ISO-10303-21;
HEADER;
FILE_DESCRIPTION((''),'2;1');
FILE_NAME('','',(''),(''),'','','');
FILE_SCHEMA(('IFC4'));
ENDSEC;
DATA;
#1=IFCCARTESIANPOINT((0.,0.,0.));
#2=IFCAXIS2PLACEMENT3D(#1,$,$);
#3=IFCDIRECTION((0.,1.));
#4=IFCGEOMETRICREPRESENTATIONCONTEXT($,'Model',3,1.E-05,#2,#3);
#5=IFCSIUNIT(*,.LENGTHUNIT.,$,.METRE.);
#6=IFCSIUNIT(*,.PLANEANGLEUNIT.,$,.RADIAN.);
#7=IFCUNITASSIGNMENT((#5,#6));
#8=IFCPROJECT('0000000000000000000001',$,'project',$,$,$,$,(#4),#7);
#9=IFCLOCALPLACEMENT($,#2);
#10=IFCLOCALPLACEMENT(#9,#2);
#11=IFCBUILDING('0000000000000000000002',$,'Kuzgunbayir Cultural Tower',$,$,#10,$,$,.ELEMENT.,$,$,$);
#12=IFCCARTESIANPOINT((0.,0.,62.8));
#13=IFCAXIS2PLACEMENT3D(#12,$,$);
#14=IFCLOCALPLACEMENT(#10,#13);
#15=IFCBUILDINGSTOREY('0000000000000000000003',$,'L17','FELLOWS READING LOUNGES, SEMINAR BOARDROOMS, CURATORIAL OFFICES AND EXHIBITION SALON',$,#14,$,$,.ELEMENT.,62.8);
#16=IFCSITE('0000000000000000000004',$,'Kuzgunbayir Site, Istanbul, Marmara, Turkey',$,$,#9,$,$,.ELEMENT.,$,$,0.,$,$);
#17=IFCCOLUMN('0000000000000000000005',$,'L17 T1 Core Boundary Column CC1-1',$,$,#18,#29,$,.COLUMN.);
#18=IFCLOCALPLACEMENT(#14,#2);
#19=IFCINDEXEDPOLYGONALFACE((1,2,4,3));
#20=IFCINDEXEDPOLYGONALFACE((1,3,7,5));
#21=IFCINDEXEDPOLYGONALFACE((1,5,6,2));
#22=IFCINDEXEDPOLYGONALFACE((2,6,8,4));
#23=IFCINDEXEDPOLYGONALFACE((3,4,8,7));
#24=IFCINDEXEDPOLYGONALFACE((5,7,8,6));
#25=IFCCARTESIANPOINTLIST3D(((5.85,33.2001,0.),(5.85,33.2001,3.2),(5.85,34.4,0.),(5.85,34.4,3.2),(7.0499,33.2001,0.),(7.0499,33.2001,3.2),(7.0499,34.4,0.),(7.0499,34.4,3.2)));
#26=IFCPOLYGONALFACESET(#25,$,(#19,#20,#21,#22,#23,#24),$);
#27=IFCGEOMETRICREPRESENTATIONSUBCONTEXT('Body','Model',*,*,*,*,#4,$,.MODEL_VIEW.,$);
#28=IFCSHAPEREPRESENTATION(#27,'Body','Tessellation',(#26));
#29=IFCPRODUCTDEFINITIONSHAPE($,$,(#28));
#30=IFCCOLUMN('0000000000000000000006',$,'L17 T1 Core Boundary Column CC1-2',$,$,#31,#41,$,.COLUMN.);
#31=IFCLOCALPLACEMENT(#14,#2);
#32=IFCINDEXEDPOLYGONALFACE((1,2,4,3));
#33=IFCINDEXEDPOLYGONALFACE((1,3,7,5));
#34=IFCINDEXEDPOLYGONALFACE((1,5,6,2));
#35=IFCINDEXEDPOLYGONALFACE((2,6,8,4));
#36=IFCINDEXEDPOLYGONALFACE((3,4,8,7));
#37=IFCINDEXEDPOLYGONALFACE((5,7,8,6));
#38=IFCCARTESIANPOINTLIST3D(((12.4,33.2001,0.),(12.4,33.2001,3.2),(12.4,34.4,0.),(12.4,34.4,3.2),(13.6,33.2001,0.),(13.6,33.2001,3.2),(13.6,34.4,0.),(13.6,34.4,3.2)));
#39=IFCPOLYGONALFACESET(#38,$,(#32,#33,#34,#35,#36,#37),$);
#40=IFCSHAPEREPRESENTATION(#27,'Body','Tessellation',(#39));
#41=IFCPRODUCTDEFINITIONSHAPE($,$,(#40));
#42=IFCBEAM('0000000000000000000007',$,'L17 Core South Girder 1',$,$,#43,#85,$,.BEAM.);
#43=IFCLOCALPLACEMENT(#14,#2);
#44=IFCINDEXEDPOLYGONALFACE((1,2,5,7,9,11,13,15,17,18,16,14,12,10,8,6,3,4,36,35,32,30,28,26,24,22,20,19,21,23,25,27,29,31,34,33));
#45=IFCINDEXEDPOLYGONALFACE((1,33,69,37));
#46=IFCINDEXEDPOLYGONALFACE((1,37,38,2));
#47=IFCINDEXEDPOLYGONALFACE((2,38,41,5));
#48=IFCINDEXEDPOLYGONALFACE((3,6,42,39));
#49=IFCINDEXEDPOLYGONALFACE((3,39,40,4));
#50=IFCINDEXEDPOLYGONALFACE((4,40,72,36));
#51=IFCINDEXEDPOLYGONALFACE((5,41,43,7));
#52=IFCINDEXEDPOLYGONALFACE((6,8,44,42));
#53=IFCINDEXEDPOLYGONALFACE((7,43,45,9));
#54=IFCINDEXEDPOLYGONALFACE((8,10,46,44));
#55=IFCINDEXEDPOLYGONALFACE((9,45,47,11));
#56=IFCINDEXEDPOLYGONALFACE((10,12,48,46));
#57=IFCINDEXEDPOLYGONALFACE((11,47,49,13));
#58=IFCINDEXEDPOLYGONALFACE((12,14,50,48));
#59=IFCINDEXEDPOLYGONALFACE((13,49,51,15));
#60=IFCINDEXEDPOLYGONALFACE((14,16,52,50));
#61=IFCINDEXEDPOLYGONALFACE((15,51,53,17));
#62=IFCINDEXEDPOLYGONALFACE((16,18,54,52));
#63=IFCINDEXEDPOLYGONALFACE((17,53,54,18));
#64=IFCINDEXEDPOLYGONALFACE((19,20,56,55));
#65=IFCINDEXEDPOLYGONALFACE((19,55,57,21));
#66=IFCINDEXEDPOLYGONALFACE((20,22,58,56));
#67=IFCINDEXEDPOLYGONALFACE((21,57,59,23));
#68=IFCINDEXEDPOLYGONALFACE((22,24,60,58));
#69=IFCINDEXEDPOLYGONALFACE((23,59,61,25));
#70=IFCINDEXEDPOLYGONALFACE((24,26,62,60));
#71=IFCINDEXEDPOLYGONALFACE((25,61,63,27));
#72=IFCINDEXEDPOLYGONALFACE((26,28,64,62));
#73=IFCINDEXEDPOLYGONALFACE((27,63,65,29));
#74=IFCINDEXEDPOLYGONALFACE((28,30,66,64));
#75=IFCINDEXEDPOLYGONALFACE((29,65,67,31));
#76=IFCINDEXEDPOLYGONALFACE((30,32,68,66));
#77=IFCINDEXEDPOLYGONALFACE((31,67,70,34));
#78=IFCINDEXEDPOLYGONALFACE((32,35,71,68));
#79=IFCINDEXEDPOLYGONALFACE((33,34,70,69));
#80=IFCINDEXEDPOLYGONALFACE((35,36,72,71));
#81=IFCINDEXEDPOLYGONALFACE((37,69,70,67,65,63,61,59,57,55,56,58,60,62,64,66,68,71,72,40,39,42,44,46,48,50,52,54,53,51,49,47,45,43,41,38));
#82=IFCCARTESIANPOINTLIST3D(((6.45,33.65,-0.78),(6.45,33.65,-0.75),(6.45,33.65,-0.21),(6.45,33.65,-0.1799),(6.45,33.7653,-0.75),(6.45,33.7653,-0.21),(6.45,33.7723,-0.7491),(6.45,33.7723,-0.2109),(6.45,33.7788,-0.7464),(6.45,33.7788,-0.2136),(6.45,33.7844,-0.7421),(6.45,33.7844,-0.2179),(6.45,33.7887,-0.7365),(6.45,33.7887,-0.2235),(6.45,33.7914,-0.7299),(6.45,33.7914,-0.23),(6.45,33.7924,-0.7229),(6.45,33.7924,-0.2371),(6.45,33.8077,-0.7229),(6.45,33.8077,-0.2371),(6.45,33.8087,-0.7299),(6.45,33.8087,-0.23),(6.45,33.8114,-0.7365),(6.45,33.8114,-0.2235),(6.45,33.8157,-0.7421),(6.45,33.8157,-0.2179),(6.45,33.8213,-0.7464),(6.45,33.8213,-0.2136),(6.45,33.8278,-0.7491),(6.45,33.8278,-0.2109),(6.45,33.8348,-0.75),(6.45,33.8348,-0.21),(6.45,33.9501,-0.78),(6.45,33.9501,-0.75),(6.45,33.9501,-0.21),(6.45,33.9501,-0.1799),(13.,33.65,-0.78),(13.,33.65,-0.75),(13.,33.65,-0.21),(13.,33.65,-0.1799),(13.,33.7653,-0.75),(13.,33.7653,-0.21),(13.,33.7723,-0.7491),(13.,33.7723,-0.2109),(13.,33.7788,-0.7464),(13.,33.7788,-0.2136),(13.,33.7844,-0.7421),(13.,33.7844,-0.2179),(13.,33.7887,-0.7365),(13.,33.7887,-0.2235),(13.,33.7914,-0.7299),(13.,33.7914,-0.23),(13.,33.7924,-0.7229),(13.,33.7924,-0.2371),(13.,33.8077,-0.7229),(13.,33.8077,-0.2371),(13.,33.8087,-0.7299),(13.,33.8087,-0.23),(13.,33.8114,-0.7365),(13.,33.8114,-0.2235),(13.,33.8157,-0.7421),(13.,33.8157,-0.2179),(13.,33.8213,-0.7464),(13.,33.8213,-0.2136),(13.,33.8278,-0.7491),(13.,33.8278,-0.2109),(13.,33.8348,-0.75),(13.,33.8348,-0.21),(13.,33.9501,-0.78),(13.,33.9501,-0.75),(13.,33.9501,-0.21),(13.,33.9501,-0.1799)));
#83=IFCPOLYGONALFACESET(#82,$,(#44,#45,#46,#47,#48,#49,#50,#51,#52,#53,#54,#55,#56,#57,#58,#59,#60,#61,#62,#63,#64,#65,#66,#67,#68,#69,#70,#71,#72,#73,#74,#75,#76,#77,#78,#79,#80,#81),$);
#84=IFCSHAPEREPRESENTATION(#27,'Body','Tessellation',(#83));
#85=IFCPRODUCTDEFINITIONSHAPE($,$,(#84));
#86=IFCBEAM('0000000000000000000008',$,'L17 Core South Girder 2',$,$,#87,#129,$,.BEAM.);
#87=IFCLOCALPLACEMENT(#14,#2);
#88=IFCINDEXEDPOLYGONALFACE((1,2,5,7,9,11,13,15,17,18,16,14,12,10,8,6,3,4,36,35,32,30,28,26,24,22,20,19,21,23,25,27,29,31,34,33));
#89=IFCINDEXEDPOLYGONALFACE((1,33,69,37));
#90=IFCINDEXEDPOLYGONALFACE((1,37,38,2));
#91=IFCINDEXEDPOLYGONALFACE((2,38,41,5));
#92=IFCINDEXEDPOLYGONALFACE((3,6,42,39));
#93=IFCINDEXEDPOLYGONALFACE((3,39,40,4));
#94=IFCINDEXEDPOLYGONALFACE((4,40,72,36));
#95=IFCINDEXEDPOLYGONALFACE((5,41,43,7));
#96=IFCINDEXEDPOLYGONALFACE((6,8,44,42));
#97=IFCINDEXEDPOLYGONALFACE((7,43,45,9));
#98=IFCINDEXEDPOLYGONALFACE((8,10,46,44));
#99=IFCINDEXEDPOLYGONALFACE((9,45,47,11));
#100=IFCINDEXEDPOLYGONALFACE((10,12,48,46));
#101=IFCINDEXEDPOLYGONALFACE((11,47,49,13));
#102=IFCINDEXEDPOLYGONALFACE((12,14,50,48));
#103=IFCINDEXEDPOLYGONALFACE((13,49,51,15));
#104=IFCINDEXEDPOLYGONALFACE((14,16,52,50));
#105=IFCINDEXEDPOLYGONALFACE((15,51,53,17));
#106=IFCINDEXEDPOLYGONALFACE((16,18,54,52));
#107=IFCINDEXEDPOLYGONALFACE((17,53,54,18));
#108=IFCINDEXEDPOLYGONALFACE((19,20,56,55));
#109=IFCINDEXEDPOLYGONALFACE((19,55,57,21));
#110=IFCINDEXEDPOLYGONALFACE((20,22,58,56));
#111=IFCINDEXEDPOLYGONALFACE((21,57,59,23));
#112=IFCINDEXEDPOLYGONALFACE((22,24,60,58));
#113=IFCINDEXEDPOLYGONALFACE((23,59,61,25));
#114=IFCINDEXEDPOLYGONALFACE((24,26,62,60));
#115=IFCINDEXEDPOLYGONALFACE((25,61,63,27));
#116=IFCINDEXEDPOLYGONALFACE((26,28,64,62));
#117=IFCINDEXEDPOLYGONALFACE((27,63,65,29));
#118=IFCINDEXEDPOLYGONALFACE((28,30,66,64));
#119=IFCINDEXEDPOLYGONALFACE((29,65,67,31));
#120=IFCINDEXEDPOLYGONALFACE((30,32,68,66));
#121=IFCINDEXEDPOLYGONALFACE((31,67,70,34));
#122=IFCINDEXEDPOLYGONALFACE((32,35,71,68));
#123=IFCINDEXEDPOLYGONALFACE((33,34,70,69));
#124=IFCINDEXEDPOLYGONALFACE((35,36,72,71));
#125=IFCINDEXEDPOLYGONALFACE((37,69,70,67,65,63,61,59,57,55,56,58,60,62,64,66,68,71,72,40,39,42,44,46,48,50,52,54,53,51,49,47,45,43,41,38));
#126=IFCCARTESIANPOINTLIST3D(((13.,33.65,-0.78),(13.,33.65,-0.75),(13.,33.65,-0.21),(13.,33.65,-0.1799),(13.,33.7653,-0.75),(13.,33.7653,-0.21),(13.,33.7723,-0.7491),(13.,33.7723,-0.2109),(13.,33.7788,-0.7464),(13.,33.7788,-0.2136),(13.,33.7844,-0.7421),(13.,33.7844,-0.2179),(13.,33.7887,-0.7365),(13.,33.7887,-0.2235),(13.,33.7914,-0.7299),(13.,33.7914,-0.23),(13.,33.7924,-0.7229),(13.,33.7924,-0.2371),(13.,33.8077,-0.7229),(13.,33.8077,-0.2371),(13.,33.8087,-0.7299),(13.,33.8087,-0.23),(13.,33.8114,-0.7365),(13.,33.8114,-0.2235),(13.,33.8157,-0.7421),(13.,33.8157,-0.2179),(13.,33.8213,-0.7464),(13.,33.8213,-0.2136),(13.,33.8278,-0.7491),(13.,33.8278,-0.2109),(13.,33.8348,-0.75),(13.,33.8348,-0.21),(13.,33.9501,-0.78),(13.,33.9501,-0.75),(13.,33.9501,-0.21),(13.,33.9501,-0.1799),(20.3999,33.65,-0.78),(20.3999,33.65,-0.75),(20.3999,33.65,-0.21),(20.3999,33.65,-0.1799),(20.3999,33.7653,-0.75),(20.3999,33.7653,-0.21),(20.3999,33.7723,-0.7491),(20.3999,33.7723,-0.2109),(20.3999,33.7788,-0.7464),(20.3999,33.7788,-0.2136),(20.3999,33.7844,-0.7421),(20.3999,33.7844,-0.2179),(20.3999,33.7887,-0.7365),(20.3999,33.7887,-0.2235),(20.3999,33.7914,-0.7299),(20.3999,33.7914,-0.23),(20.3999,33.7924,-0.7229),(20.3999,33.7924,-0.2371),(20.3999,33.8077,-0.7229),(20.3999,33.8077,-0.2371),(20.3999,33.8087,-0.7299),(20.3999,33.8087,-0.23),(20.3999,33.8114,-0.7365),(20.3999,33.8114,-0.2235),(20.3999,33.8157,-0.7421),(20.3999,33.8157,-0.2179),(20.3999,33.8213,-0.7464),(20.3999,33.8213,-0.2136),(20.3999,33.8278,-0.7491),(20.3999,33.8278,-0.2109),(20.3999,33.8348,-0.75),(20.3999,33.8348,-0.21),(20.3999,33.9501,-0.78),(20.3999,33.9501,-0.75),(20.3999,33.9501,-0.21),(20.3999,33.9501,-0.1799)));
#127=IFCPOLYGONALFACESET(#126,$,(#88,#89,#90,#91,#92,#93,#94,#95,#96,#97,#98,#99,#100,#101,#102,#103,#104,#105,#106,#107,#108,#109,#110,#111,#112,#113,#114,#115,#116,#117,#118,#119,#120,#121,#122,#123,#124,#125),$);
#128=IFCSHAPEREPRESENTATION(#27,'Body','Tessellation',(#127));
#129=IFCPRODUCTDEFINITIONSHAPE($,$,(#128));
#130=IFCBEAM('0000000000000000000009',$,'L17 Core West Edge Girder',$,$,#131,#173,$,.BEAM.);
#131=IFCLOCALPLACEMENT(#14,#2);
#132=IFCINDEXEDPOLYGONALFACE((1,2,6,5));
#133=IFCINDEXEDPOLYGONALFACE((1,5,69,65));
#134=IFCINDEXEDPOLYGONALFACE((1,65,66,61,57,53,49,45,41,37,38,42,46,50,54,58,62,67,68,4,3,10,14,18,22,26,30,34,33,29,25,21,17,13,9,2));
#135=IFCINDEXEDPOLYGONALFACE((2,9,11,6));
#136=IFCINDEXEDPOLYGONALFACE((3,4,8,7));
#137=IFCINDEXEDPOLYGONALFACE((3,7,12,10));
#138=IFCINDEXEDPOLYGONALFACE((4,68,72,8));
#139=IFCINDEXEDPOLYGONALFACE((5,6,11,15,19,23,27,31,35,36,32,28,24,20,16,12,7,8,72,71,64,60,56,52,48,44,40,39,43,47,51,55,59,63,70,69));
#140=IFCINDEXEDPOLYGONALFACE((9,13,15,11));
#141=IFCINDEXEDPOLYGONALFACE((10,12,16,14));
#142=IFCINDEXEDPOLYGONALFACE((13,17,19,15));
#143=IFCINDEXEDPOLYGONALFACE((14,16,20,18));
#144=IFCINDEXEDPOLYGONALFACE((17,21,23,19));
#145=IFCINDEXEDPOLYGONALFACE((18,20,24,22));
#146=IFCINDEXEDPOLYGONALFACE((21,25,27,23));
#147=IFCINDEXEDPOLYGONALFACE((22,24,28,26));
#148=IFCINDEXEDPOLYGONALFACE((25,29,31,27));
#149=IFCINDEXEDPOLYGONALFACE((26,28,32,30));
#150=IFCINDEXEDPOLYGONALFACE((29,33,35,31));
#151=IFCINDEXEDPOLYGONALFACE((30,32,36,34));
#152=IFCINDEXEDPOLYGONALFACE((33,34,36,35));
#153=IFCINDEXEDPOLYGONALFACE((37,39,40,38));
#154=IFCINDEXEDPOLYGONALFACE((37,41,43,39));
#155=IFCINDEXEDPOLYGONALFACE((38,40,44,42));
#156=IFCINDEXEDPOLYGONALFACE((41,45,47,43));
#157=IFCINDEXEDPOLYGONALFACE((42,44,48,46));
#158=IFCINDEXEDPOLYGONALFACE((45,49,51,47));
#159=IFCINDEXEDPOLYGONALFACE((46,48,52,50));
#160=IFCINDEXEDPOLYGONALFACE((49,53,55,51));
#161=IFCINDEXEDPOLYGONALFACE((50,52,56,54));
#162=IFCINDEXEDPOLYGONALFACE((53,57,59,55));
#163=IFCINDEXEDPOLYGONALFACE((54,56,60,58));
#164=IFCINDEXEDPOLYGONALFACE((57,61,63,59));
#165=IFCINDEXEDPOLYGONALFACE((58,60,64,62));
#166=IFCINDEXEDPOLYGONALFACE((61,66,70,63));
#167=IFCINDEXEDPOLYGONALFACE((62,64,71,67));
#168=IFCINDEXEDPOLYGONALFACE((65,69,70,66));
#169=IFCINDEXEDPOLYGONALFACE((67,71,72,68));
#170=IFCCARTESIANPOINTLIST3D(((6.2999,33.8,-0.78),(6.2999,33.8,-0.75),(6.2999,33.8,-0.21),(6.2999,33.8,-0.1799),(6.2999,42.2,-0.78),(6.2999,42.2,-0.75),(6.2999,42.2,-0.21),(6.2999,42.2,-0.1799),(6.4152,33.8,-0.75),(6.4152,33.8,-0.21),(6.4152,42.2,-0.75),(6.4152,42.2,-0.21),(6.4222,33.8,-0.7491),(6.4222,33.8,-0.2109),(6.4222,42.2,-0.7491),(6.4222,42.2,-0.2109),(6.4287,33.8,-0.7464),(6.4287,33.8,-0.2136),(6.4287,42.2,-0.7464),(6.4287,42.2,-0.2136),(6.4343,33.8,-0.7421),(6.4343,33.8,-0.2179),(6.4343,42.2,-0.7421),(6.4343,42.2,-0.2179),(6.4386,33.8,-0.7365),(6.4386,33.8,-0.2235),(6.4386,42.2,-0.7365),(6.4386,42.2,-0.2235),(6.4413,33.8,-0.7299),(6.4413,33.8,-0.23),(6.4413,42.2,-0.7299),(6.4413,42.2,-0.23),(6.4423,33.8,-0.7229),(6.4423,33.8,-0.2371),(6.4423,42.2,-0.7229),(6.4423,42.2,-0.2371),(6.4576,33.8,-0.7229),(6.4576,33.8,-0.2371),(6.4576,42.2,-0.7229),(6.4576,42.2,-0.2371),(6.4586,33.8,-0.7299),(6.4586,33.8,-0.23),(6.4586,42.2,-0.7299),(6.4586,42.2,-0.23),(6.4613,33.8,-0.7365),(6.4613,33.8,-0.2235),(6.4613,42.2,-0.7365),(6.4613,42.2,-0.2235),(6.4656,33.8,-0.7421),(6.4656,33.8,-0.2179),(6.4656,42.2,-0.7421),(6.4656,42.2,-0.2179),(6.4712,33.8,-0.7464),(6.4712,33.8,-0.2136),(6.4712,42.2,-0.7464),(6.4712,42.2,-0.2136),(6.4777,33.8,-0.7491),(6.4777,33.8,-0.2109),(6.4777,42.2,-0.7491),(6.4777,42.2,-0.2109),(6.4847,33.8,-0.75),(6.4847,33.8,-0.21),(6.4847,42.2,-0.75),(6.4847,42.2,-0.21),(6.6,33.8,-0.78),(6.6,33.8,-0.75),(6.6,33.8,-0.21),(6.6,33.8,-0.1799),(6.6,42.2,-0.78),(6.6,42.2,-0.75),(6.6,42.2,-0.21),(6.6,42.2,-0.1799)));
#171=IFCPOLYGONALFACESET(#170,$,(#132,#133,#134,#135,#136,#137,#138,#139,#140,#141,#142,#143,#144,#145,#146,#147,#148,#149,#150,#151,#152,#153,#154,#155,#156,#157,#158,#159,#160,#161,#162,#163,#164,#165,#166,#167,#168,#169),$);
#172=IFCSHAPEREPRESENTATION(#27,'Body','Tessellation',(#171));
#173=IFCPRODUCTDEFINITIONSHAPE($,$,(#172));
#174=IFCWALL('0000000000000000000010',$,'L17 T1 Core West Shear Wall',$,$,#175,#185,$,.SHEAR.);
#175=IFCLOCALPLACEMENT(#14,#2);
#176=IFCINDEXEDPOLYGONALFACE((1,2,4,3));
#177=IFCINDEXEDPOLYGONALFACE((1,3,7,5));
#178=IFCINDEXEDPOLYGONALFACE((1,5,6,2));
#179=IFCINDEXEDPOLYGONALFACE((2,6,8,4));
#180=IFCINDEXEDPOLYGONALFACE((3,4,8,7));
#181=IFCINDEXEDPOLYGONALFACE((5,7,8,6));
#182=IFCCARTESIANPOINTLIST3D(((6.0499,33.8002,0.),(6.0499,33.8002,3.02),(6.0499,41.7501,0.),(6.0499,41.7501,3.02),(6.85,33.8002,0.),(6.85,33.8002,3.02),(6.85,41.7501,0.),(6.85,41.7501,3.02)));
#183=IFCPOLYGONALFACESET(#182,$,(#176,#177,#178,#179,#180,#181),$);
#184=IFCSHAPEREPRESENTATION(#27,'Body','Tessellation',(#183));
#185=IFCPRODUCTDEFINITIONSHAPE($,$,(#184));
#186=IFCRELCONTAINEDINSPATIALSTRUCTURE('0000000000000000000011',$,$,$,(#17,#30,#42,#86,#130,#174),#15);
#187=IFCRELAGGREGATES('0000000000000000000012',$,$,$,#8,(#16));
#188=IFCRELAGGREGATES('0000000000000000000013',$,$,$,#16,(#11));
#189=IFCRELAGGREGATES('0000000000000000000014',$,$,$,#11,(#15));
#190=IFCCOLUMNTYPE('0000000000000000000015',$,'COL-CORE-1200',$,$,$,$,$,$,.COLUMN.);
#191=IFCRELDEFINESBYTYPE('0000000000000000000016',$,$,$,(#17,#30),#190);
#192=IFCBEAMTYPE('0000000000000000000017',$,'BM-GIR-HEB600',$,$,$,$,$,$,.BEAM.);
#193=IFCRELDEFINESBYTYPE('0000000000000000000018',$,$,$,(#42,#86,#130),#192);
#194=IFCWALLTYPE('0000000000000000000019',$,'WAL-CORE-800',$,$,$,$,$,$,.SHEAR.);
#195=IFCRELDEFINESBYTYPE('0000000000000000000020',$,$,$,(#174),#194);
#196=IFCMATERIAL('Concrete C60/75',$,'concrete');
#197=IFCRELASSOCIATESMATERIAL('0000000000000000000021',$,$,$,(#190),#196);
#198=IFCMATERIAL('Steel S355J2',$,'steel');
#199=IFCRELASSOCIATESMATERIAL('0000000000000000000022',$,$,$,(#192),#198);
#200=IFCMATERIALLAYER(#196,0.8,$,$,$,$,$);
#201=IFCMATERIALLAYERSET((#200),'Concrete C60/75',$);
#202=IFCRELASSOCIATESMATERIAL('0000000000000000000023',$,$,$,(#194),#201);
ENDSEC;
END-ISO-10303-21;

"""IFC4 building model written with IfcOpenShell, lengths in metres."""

from ifc_helpers import new_model, si_unit, direction, frame, frame_2d, origin, origin_2d, place, context, subcontext, project, spatial, rectangle, i_section, extrude, material, layer, layer_set, material_profile, profile_set, type_object, element, save


model = new_model("IFC4")

# Units and contexts
model_context = context("Model", 3, precision=1e-05, world=origin(), true_north=direction((0.0, 1.0)))
body_context = subcontext(model_context, "Body", "Model", "MODEL_VIEW")
ifc_project = project(units=[si_unit("LENGTHUNIT", "METRE"), si_unit("PLANEANGLEUNIT", "RADIAN")], contexts=[model_context])

# Site, building, storey
site_placement = place(None, origin())
site = spatial("IfcSite", under=ifc_project, at=site_placement, Name="Kuzgunbayir Site, Istanbul, Marmara, Turkey", CompositionType="ELEMENT", RefElevation=0.0)
building_placement = place(site_placement, origin())
building = spatial("IfcBuilding", under=site, at=building_placement, Name="Kuzgunbayir Cultural Tower", CompositionType="ELEMENT")
storey_placement = place(building_placement, frame((0.0, 0.0, 62.8)))
storey = spatial("IfcBuildingStorey", under=building, at=storey_placement, Name="L17", Description="FELLOWS READING LOUNGES, SEMINAR BOARDROOMS, CURATORIAL OFFICES AND EXHIBITION SALON", CompositionType="ELEMENT", Elevation=62.8)

# Columns
ifc_material_1 = material(Name="Concrete C60/75", Category="concrete")
ifc_material_profile_1 = material_profile(ifc_material_1, rectangle(XDim=1.2, YDim=1.2, at=origin_2d()), Name="RC 1200x1200")
ifc_profile_set_1 = profile_set([ifc_material_profile_1], Name="Concrete C60/75")
column_type = type_object("IfcColumnType", Name="COL-CORE-1200", PredefinedType="COLUMN", material=ifc_profile_set_1)
for number, where, z_axis, x_axis, name in (
    (1, (6.45, 33.8, 0.0), (0.0, 0.0, 1.0), (1.0, 0.0, 0.0), "L17 T1 Core Boundary Column CC1-1"),
    (2, (13.0, 33.8, 0.0), (0.0, 0.0, 1.0), (1.0, 0.0, 0.0), "L17 T1 Core Boundary Column CC1-2"),
):
    element("IfcColumn", number, at=place(storey_placement, frame(where, z_axis=z_axis, x_axis=x_axis)), inside=storey, type_object=column_type, Name=name, PredefinedType="COLUMN", context=body_context, shape_type="SweptSolid", body=[
        extrude(rectangle(XDim=1.2, YDim=1.2, at=origin_2d()), origin(), (0.0, 0.0, 1.0), 3.2),
    ])

# Beams
ifc_material_2 = material(Name="Steel S355J2", Category="steel")
ifc_material_profile_2 = material_profile(ifc_material_2, i_section(OverallWidth=0.3, OverallDepth=0.6001, WebThickness=0.0154, FlangeThickness=0.03, FilletRadius=0.0271, at=origin_2d()), Name="HEB 600")
ifc_profile_set_2 = profile_set([ifc_material_profile_2], Name="Steel S355J2")
beam_type = type_object("IfcBeamType", Name="BM-GIR-HEB600", PredefinedType="BEAM", material=ifc_profile_set_2)
beam_1_placement = place(storey_placement, frame((6.45, 33.8, -0.48), z_axis=(1.0, 0.0, 0.0), x_axis=(0.0, 1.0, 0.0)))
element("IfcBeam", 3, at=beam_1_placement, inside=storey, type_object=beam_type, Name="L17 Core South Girder 1", PredefinedType="BEAM", context=body_context, shape_type="SweptSolid", body=[
    extrude(i_section(OverallWidth=0.3, OverallDepth=0.6001, WebThickness=0.0154, FlangeThickness=0.03, FilletRadius=0.0271, at=origin_2d()), origin(), (0.0, 0.0, 1.0), 6.55),
])
beam_2_placement = place(storey_placement, frame((13.0, 33.8, -0.48), z_axis=(1.0, 0.0, 0.0), x_axis=(0.0, 1.0, 0.0)))
element("IfcBeam", 4, at=beam_2_placement, inside=storey, type_object=beam_type, Name="L17 Core South Girder 2", PredefinedType="BEAM", context=body_context, shape_type="SweptSolid", body=[
    extrude(i_section(OverallWidth=0.3, OverallDepth=0.6001, WebThickness=0.0154, FlangeThickness=0.03, FilletRadius=0.0271, at=origin_2d()), origin(), (0.0, 0.0, 1.0), 7.3999),
])
beam_3_placement = place(storey_placement, frame((6.45, 33.8, -0.48), z_axis=(0.0, 1.0, 0.0), x_axis=(-1.0, 0.0, 0.0)))
element("IfcBeam", 5, at=beam_3_placement, inside=storey, type_object=beam_type, Name="L17 Core West Edge Girder", PredefinedType="BEAM", context=body_context, shape_type="SweptSolid", body=[
    extrude(i_section(OverallWidth=0.3, OverallDepth=0.6001, WebThickness=0.0154, FlangeThickness=0.03, FilletRadius=0.0271, at=origin_2d()), origin(), (0.0, 0.0, 1.0), 8.3999),
])

# Wall
ifc_layer_1 = layer(ifc_material_1, 0.8)
ifc_layer_set_1 = layer_set([ifc_layer_1], Name="Concrete C60/75")
wall_type_1 = type_object("IfcWallType", Name="WAL-CORE-800", PredefinedType="SHEAR", material=ifc_layer_set_1)
wall_1_placement = place(storey_placement, frame((6.45, 33.8, 0.0), z_axis=(0.0, 0.0, 1.0), x_axis=(0.0, 1.0, 0.0)))
element("IfcWall", 6, at=wall_1_placement, inside=storey, type_object=wall_type_1, Name="L17 T1 Core West Shear Wall", PredefinedType="SHEAR", context=body_context, shape_type="SweptSolid", body=[
    extrude(rectangle(XDim=7.95, YDim=0.8, at=frame_2d((3.9751, 0.0))), origin(), (0.0, 0.0, 1.0), 3.02),
])

save(model, "model.ifc")
